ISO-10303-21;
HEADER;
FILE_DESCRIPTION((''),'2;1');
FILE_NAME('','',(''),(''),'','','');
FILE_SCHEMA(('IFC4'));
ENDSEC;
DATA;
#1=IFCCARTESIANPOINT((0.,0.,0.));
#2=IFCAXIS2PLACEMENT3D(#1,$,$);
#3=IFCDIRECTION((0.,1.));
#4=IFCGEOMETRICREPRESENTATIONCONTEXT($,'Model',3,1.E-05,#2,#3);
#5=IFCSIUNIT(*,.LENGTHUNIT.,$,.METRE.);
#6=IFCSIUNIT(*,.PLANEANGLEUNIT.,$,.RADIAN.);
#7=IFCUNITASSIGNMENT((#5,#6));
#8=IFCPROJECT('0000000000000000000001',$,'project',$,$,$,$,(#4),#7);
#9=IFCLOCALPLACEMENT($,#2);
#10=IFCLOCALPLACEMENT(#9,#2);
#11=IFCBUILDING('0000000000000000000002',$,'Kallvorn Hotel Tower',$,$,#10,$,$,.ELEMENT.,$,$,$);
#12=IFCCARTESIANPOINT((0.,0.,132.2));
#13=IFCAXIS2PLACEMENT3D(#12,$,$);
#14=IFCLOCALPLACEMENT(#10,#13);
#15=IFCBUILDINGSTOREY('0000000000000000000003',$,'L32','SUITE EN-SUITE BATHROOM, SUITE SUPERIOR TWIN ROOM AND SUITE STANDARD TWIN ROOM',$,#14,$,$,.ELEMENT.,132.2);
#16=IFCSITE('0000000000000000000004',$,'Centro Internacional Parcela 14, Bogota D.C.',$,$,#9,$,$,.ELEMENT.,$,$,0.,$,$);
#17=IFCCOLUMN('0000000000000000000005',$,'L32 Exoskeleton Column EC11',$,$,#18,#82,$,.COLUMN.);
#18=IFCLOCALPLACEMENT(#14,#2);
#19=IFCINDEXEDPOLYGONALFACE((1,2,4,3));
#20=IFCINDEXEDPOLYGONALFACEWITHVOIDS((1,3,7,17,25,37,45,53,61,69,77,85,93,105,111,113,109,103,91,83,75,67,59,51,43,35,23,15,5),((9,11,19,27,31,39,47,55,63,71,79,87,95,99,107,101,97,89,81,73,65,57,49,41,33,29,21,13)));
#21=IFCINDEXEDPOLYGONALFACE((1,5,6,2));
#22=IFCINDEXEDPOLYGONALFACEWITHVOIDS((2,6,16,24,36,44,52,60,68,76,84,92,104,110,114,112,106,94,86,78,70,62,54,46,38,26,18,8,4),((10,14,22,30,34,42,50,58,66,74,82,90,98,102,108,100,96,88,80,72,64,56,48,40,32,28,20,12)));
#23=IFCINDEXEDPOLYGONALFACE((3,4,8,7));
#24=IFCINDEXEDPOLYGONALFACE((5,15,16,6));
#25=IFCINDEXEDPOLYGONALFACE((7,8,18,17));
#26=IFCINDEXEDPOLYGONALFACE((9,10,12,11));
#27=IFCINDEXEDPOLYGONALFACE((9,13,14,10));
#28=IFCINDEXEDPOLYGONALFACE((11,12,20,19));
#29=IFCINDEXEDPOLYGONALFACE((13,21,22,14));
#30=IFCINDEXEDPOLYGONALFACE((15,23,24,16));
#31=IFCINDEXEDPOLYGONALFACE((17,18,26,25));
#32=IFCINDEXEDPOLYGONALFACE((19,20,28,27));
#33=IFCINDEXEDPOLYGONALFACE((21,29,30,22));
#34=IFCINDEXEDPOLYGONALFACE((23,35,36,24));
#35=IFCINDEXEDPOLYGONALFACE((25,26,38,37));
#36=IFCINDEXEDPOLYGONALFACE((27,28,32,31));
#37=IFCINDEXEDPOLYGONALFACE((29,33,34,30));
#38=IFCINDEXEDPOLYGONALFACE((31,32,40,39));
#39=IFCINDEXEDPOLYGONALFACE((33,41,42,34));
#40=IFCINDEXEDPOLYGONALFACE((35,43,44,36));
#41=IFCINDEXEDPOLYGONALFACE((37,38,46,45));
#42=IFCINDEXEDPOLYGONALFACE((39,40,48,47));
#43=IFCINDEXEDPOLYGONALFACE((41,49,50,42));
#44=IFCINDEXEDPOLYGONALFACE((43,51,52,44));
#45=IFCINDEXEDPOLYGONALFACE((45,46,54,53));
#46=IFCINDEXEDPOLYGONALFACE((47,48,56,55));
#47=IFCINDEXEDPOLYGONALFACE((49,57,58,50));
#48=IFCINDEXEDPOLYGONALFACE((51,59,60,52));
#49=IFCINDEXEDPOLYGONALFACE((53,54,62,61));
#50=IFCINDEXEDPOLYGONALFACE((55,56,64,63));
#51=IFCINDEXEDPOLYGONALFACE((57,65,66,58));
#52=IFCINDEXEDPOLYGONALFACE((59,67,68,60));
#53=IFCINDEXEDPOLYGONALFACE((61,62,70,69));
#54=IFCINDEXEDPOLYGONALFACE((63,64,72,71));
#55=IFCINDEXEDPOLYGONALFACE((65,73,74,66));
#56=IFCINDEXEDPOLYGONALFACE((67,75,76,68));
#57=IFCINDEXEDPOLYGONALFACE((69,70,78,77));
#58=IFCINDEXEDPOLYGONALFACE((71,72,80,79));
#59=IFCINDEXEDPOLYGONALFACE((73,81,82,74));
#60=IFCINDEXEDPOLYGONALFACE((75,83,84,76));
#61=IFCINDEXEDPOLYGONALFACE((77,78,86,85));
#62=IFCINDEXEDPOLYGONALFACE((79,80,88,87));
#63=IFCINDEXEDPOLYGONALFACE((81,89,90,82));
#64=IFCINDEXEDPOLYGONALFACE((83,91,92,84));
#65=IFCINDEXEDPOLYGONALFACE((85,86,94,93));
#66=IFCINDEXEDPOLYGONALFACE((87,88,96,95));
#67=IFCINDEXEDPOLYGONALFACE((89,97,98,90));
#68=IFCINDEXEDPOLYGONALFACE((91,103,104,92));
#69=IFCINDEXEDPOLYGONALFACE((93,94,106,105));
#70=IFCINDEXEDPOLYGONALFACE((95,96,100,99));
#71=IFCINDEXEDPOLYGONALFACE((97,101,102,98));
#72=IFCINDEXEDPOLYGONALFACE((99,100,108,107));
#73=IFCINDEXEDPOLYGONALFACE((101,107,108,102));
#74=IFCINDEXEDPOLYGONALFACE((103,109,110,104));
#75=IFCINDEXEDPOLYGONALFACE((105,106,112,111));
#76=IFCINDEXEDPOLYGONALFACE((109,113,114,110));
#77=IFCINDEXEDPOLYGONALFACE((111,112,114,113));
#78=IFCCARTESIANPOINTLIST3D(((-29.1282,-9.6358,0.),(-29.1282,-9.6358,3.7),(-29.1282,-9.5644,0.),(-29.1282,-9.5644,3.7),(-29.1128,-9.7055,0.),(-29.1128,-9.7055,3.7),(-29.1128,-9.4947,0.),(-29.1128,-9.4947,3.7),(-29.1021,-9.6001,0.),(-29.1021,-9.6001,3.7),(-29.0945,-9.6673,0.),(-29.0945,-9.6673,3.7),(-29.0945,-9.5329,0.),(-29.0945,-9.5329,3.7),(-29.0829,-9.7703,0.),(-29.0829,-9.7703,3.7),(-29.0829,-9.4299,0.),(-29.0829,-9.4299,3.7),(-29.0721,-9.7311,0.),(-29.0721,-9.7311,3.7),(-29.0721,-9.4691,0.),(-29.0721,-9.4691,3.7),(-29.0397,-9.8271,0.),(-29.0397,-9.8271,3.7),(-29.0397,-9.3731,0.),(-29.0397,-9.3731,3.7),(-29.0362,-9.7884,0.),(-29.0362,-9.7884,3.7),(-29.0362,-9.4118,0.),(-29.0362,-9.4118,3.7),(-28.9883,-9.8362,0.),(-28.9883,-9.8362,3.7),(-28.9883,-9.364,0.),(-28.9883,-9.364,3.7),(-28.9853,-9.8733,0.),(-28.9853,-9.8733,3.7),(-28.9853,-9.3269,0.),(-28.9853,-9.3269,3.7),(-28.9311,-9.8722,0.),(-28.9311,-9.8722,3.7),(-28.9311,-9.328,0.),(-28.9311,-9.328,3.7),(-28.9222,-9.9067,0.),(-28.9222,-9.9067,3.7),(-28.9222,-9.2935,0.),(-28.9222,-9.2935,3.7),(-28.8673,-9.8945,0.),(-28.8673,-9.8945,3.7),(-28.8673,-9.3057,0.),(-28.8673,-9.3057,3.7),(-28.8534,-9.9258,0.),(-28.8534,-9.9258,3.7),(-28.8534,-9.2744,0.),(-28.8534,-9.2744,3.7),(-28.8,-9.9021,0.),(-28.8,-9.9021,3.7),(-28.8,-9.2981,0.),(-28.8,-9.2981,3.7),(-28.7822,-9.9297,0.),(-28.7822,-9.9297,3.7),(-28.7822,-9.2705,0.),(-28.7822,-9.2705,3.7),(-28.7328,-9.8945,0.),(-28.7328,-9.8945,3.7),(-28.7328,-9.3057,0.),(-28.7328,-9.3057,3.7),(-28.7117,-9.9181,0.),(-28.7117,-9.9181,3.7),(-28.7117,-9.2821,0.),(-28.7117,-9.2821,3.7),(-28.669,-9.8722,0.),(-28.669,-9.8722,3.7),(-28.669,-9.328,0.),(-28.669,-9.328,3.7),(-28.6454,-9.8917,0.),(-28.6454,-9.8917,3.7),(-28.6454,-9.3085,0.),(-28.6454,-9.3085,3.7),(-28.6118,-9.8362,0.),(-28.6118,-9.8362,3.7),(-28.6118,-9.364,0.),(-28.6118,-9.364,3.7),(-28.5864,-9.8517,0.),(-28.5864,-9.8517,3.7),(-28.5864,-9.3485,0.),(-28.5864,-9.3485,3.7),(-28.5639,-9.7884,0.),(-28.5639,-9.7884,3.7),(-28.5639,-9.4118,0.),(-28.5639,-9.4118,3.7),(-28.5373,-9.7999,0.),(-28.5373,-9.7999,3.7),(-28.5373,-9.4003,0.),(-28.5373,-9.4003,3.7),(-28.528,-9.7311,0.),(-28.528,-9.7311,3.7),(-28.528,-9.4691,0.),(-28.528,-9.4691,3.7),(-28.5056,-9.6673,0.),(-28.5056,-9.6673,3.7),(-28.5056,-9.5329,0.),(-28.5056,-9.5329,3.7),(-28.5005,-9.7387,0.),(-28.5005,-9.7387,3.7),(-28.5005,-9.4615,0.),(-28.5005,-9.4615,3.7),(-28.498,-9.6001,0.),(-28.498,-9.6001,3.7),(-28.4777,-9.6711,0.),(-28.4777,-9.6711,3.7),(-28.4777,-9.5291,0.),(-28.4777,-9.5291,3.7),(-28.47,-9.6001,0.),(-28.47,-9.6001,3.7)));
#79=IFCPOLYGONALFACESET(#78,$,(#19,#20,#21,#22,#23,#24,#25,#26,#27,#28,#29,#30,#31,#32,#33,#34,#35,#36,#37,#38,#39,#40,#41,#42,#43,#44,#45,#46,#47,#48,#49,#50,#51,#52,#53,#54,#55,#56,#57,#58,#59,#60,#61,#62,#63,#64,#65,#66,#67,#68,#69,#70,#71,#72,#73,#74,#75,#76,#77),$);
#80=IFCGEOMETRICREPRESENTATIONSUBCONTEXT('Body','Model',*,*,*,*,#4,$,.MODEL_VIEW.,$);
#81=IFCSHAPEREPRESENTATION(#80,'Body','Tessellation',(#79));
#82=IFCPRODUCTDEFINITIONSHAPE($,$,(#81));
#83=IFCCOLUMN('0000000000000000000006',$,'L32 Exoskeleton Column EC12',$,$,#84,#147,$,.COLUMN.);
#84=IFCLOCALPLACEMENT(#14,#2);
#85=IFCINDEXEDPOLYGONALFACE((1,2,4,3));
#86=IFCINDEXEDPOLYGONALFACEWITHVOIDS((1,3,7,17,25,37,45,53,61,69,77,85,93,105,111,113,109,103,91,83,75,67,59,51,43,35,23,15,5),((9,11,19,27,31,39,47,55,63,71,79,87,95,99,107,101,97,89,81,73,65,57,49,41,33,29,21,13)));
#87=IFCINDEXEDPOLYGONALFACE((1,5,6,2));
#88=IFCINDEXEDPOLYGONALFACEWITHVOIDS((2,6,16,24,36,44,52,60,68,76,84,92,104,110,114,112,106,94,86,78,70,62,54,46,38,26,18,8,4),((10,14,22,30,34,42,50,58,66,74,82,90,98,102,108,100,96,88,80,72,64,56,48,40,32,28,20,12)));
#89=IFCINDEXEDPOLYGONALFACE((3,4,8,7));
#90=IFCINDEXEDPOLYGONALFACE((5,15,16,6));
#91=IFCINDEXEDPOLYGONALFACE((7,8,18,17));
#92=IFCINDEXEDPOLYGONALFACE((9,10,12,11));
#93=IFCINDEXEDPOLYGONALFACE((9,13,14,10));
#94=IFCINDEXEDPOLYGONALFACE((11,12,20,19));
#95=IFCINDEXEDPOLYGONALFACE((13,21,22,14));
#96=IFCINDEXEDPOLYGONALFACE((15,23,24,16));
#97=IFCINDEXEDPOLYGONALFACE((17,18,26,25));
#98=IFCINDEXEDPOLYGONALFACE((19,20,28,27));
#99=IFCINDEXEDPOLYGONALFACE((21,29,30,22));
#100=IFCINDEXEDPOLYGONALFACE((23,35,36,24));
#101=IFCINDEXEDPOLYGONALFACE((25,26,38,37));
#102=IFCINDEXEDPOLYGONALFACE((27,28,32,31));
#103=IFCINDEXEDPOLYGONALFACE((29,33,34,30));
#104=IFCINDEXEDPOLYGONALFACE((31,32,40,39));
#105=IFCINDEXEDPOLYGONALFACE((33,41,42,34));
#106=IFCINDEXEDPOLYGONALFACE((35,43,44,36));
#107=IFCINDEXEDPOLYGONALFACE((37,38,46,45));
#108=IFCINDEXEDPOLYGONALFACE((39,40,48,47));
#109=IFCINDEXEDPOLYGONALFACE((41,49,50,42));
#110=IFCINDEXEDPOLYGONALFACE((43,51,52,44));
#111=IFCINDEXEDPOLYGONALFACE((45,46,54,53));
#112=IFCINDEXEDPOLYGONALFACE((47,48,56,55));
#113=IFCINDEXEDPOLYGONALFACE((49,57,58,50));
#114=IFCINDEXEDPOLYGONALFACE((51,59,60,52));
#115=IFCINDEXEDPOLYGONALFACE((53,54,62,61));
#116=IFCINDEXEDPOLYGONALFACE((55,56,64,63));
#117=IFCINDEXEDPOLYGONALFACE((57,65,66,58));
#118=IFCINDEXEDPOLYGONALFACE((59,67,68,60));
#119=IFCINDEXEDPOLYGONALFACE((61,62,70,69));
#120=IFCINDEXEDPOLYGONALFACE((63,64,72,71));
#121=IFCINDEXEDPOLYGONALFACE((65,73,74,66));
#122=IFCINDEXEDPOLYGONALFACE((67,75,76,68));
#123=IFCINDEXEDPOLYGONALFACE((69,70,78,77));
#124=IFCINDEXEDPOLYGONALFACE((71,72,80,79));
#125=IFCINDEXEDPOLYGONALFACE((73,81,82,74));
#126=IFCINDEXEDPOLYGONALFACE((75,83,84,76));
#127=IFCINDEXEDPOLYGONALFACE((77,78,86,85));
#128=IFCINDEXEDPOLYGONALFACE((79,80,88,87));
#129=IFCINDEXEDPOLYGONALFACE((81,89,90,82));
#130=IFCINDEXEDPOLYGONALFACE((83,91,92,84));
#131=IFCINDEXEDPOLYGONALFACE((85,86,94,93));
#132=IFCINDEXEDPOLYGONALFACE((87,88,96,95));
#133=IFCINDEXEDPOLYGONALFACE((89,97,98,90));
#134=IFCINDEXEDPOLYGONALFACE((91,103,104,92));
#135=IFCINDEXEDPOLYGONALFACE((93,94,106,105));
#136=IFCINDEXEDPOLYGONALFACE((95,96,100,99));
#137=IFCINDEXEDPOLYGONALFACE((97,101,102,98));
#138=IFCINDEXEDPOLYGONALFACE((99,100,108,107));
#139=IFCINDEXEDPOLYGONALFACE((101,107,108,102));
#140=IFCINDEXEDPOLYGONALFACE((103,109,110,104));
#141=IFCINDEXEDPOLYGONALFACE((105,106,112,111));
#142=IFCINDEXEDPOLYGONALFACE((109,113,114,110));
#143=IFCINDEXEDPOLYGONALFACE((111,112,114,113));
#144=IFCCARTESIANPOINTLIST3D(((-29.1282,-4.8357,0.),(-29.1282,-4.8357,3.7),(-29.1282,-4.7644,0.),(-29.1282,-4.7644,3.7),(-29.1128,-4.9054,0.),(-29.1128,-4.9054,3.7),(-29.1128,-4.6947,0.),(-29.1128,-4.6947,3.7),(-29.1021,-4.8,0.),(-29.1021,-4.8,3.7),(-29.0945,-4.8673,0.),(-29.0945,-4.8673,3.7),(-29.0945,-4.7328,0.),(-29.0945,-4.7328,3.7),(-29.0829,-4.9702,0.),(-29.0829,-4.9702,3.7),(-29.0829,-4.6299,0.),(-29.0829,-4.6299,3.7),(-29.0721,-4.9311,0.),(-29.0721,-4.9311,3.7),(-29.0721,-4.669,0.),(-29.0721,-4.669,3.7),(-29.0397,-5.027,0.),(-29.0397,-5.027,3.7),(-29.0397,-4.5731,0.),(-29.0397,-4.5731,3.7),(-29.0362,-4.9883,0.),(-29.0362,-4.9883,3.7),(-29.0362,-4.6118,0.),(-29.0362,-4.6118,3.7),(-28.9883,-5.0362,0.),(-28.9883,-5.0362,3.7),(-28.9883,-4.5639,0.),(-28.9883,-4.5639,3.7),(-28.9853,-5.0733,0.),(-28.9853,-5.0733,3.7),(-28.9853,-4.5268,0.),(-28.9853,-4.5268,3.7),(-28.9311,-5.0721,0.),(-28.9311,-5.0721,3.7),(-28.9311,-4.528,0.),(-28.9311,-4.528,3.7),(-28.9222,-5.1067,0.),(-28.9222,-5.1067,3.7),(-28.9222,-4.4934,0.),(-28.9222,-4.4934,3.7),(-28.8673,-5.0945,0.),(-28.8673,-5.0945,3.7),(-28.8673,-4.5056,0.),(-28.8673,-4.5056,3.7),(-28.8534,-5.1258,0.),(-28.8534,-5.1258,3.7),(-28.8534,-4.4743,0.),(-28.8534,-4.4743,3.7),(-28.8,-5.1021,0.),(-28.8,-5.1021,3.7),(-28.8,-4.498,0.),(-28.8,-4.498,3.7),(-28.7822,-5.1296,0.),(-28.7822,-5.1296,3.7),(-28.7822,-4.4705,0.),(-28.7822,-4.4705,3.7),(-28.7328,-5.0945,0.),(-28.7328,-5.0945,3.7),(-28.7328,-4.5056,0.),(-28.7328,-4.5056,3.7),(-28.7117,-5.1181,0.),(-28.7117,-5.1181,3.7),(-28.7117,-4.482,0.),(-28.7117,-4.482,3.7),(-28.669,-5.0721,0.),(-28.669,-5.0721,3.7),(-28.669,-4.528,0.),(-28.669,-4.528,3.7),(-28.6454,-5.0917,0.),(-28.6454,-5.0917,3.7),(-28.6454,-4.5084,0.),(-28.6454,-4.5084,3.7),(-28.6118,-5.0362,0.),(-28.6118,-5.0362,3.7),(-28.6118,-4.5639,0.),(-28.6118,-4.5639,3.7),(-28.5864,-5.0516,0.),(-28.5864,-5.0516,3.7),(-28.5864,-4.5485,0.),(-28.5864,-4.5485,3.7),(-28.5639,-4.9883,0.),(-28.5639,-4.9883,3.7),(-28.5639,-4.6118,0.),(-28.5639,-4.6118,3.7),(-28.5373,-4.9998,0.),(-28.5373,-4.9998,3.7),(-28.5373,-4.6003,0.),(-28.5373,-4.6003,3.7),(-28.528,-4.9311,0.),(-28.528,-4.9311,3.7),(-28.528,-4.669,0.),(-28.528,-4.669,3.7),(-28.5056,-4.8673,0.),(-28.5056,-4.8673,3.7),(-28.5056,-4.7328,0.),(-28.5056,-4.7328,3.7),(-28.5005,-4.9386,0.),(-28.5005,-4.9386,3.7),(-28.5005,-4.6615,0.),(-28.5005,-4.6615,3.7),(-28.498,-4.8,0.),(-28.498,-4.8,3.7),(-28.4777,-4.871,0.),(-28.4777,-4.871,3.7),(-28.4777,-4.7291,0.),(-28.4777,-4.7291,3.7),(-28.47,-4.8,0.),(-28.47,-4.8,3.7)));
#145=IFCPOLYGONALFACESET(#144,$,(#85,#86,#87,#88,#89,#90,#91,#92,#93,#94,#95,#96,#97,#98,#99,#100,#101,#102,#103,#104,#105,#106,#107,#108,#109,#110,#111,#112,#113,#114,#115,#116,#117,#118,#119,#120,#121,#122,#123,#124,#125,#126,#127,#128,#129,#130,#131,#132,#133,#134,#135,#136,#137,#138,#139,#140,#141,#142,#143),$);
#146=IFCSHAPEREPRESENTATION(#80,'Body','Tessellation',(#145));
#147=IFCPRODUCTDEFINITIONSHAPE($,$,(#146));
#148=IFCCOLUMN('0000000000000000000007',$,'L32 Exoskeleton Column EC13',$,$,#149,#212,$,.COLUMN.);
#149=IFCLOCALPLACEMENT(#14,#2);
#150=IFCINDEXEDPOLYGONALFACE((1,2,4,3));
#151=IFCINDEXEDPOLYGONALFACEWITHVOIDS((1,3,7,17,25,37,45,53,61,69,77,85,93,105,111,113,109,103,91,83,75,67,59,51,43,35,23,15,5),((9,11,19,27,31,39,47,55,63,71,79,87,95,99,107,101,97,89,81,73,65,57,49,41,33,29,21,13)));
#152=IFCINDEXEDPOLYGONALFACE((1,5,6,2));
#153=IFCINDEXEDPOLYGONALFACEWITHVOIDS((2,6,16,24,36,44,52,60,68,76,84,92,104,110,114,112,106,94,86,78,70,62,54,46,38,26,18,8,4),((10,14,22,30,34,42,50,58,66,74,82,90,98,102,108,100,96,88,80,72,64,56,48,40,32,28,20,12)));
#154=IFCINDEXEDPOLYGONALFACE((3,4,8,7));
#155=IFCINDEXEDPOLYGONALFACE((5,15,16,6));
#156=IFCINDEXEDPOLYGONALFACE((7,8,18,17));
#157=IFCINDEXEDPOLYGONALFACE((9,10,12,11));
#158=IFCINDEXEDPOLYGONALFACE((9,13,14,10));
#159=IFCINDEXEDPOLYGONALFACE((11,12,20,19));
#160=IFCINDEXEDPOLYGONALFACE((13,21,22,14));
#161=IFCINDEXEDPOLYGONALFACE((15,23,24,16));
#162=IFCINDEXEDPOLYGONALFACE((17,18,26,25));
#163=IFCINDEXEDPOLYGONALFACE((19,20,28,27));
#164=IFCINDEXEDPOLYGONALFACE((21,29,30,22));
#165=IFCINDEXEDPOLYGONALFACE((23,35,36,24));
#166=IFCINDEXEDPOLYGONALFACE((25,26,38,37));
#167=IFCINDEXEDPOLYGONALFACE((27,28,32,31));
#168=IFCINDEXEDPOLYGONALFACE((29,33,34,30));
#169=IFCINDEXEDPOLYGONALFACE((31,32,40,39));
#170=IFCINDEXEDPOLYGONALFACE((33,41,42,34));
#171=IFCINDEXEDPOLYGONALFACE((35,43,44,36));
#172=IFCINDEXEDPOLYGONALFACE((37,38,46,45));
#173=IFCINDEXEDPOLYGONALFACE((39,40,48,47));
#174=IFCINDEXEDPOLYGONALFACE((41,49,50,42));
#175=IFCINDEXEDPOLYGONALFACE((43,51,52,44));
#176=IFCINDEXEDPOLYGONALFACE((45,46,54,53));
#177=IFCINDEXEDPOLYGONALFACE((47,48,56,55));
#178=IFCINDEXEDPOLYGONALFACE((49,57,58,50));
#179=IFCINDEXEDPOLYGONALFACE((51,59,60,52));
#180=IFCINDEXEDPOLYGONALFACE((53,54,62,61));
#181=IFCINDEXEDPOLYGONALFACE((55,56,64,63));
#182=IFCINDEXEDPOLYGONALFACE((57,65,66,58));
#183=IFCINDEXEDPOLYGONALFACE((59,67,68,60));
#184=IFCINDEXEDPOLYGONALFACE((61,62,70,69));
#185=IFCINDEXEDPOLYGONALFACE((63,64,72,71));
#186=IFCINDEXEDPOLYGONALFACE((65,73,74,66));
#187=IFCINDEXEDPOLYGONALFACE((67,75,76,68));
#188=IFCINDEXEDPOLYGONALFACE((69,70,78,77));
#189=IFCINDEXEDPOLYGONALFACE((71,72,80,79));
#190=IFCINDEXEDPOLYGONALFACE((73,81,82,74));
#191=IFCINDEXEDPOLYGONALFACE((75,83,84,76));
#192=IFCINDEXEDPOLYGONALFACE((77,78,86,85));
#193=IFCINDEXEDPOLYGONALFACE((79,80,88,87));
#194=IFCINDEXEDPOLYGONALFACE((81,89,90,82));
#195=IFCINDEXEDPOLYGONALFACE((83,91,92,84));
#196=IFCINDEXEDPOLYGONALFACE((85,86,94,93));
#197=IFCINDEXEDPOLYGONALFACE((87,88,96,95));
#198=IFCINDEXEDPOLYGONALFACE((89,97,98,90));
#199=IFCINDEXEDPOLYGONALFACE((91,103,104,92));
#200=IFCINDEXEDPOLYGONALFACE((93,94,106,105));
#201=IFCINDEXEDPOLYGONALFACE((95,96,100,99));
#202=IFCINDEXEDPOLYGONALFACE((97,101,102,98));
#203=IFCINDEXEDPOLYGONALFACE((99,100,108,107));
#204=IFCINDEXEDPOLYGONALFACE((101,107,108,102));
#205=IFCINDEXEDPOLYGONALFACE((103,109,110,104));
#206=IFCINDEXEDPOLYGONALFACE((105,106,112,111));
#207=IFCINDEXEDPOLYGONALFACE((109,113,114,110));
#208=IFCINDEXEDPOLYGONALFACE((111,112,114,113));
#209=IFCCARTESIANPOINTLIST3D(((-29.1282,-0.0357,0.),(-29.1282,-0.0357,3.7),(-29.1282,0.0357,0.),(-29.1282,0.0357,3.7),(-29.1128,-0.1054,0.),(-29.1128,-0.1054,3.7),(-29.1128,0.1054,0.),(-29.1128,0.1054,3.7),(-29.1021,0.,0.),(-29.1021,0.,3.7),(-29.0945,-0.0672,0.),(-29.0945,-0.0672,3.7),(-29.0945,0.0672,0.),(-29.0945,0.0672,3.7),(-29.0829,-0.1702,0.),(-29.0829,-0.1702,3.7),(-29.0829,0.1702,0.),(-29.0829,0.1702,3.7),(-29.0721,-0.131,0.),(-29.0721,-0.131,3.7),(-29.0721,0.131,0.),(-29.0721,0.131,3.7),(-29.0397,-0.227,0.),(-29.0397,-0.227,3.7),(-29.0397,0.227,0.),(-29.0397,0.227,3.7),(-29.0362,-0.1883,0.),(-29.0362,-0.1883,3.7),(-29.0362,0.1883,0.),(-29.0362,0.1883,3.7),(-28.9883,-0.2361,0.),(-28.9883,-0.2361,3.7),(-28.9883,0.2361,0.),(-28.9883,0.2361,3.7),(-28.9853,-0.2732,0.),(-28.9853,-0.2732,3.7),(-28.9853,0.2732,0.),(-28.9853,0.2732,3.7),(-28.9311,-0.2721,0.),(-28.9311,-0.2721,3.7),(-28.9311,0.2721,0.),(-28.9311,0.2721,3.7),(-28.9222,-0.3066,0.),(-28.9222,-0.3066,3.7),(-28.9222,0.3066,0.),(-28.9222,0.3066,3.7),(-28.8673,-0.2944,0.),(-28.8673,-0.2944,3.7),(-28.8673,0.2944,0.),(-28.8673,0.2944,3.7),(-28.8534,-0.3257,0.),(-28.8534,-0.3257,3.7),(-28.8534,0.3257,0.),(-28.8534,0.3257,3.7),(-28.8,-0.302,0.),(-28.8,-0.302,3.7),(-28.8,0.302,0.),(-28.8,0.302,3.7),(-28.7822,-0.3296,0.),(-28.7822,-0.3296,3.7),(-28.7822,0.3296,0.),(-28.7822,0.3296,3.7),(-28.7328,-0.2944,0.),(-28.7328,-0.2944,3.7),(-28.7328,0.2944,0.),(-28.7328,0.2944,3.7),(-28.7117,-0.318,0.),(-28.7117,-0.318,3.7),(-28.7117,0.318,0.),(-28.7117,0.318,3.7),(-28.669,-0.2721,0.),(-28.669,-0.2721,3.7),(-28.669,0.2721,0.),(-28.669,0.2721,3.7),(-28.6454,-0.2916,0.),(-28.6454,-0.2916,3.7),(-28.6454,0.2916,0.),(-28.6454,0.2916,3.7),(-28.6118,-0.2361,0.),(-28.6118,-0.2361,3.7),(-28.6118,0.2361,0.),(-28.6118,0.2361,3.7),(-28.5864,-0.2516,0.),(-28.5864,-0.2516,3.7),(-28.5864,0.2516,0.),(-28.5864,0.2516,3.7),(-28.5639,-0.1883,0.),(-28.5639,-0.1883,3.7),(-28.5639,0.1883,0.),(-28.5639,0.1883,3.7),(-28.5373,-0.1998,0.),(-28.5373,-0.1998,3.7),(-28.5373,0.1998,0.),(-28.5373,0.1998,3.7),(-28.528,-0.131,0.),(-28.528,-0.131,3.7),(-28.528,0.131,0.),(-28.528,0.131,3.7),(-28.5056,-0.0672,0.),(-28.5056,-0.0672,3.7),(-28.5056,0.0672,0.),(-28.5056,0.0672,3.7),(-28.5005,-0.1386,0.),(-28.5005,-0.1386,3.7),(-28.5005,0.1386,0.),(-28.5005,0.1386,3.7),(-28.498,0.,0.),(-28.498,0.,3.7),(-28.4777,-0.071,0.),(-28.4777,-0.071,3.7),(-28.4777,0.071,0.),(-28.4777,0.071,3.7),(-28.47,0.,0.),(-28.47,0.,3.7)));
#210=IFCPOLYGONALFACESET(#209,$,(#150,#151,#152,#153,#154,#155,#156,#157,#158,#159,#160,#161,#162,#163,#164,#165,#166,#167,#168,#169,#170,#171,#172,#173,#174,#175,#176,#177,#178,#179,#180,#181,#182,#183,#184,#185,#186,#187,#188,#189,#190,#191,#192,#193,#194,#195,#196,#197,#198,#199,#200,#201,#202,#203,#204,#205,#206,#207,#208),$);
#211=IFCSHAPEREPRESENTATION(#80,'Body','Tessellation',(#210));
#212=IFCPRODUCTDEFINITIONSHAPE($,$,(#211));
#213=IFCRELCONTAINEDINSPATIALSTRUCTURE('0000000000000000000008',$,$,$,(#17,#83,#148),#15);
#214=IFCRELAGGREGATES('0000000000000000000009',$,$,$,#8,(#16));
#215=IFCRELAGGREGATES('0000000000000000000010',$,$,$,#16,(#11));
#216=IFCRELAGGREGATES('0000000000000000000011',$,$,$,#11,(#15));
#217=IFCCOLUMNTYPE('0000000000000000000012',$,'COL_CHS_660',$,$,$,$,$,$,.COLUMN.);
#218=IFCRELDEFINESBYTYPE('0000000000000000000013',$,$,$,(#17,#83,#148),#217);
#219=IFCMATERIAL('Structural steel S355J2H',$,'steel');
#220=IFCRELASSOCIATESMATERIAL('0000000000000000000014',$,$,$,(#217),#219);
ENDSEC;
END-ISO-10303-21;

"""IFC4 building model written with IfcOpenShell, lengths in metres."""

from ifc_helpers import new_model, si_unit, direction, frame, origin, origin_2d, place, context, subcontext, project, spatial, hollow_circle, extrude, material, material_profile, profile_set, type_object, element, save


model = new_model("IFC4")

# Units and contexts
model_context = context("Model", 3, precision=1e-05, world=origin(), true_north=direction((0.0, 1.0)))
body_context = subcontext(model_context, "Body", "Model", "MODEL_VIEW")
ifc_project = project(units=[si_unit("LENGTHUNIT", "METRE"), si_unit("PLANEANGLEUNIT", "RADIAN")], contexts=[model_context])

# Site, building, storey
site_placement = place(None, origin())
site = spatial("IfcSite", under=ifc_project, at=site_placement, Name="Centro Internacional Parcela 14, Bogota D.C.", CompositionType="ELEMENT", RefElevation=0.0)
building_placement = place(site_placement, origin())
building = spatial("IfcBuilding", under=site, at=building_placement, Name="Kallvorn Hotel Tower", CompositionType="ELEMENT")
storey_placement = place(building_placement, frame((0.0, 0.0, 132.2)))
storey = spatial("IfcBuildingStorey", under=building, at=storey_placement, Name="L32", Description="SUITE EN-SUITE BATHROOM, SUITE SUPERIOR TWIN ROOM AND SUITE STANDARD TWIN ROOM", CompositionType="ELEMENT", Elevation=132.2)

# Columns
ifc_material_1 = material(Name="Structural steel S355J2H", Category="steel")
ifc_material_profile_1 = material_profile(ifc_material_1, hollow_circle(Radius=0.3301, WallThickness=0.0281, at=origin_2d()), Name="CHS 660x28")
ifc_profile_set_1 = profile_set([ifc_material_profile_1], Name="Structural steel S355J2H")
column_type_1 = type_object("IfcColumnType", Name="COL_CHS_660", PredefinedType="COLUMN", material=ifc_profile_set_1)
for number, where, z_axis, x_axis, name in (
    (1, (-28.8, -9.6001, 0.0), (0.0, 0.0, 1.0), (1.0, 0.0, 0.0), "L32 Exoskeleton Column EC11"),
    (2, (-28.8, -4.8, 0.0), (0.0, 0.0, 1.0), (1.0, 0.0, 0.0), "L32 Exoskeleton Column EC12"),
    (3, (-28.8, 0.0, 0.0), (0.0, 0.0, 1.0), (1.0, 0.0, 0.0), "L32 Exoskeleton Column EC13"),
):
    element("IfcColumn", number, at=place(storey_placement, frame(where, z_axis=z_axis, x_axis=x_axis)), inside=storey, type_object=column_type_1, Name=name, PredefinedType="COLUMN", context=body_context, shape_type="SweptSolid", body=[
        extrude(hollow_circle(Radius=0.3301, WallThickness=0.0281, at=origin_2d()), origin(), (0.0, 0.0, 1.0), 3.7),
    ])

save(model, "model.ifc")
